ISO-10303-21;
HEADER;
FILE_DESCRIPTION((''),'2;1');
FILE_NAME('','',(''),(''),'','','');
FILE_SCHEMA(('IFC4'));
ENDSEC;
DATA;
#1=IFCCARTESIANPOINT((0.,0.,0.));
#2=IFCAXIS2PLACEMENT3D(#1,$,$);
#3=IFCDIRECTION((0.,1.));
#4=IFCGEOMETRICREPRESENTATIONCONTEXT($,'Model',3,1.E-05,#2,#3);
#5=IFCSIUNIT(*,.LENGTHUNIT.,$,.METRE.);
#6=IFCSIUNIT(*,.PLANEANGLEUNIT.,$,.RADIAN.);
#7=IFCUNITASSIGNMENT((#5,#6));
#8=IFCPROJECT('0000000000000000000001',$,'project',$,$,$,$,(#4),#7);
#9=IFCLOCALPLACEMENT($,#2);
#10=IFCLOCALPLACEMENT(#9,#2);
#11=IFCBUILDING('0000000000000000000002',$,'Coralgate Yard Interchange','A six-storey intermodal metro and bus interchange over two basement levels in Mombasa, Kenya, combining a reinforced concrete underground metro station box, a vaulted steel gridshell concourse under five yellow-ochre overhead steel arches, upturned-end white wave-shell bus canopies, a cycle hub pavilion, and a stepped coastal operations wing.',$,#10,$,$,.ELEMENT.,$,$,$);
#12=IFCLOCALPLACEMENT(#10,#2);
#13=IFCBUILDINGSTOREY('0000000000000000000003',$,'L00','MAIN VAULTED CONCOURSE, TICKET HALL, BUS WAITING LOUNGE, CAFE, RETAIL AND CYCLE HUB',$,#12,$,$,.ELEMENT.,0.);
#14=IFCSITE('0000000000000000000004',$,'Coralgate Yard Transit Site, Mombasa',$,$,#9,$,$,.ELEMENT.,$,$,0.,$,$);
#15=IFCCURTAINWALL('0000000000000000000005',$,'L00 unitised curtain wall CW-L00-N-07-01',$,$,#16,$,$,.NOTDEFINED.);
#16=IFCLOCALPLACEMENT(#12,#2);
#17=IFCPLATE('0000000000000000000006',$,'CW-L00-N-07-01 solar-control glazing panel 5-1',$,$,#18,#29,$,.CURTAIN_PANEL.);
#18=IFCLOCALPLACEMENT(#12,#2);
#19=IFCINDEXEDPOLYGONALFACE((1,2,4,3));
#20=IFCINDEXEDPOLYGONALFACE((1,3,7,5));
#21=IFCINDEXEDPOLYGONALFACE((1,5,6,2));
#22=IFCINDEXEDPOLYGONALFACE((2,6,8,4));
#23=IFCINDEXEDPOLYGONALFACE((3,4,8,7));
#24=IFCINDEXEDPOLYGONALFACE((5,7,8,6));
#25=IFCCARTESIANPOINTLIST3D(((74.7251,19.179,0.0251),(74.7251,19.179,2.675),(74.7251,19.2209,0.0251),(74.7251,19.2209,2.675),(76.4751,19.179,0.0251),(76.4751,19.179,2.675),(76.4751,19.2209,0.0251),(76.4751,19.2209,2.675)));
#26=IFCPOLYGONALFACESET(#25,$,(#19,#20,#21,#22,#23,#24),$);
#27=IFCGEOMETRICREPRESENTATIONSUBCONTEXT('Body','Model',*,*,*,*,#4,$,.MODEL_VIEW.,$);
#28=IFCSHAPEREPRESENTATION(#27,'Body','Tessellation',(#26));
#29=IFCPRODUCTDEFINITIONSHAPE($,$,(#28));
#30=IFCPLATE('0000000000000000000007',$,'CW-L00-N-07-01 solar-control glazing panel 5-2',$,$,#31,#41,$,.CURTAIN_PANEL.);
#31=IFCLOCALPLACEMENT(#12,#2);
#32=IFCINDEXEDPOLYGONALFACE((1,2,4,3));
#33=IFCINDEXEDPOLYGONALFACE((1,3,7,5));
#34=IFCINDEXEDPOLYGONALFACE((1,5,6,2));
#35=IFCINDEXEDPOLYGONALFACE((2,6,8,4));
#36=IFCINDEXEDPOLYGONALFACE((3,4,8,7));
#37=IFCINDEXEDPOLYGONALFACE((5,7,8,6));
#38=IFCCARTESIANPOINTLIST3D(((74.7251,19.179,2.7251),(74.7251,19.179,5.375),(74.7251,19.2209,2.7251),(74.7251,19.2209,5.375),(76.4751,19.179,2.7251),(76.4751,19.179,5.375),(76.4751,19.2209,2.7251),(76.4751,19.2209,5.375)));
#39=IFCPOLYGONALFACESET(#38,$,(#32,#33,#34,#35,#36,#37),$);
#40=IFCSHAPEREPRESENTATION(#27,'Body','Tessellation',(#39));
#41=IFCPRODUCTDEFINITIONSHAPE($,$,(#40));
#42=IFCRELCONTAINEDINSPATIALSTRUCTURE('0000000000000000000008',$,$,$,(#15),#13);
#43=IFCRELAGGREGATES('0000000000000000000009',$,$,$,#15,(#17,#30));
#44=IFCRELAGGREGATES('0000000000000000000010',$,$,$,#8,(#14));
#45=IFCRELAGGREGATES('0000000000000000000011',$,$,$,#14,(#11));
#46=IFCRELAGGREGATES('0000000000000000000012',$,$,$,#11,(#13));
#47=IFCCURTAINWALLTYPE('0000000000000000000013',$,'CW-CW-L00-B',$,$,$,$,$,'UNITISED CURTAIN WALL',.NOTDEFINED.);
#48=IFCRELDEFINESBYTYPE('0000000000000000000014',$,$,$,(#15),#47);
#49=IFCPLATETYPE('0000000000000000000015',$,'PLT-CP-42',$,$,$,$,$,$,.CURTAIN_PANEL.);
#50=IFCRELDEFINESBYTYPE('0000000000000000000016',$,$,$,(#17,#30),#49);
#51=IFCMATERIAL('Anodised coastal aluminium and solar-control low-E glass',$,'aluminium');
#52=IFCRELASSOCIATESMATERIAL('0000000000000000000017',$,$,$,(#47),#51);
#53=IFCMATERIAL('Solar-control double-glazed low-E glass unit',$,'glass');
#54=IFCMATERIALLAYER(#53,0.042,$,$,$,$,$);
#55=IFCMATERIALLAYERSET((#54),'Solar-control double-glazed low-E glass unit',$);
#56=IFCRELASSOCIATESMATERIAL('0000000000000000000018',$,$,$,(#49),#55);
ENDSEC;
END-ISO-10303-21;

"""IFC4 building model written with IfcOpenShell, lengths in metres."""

from ifc_helpers import new_model, si_unit, direction, frame, origin, origin_2d, place, context, subcontext, project, spatial, rectangle, extrude, material, layer, layer_set, type_object, element, aggregate, save


model = new_model("IFC4")

# Units and contexts
model_context = context("Model", 3, precision=1e-05, world=origin(), true_north=direction((0.0, 1.0)))
body_context = subcontext(model_context, "Body", "Model", "MODEL_VIEW")
ifc_project = project(units=[si_unit("LENGTHUNIT", "METRE"), si_unit("PLANEANGLEUNIT", "RADIAN")], contexts=[model_context])

# Site, building, storey
site_placement = place(None, origin())
site = spatial("IfcSite", under=ifc_project, at=site_placement, Name="Coralgate Yard Transit Site, Mombasa", CompositionType="ELEMENT", RefElevation=0.0)
building_placement = place(site_placement, origin())
building = spatial("IfcBuilding", under=site, at=building_placement, Name="Coralgate Yard Interchange", Description="A six-storey intermodal metro and bus interchange over two basement levels in Mombasa, Kenya, combining a reinforced concrete underground metro station box, a vaulted steel gridshell concourse under five yellow-ochre overhead steel arches, upturned-end white wave-shell bus canopies, a cycle hub pavilion, and a stepped coastal operations wing.", CompositionType="ELEMENT")
storey_placement = place(building_placement, origin())
storey = spatial("IfcBuildingStorey", under=building, at=storey_placement, Name="L00", Description="MAIN VAULTED CONCOURSE, TICKET HALL, BUS WAITING LOUNGE, CAFE, RETAIL AND CYCLE HUB", CompositionType="ELEMENT", Elevation=0.0)

# Curtain wall
ifc_material_1 = material(Name="Anodised coastal aluminium and solar-control low-E glass", Category="aluminium")
curtain_wall_type = type_object("IfcCurtainWallType", Name="CW-CW-L00-B", ElementType="UNITISED CURTAIN WALL", PredefinedType="NOTDEFINED", material=ifc_material_1)
curtain_wall_1_placement = place(storey_placement, origin())
curtain_wall_1 = element("IfcCurtainWall", 1, at=curtain_wall_1_placement, inside=storey, type_object=curtain_wall_type, Name="L00 unitised curtain wall CW-L00-N-07-01", PredefinedType="NOTDEFINED")

# Plates
ifc_material_2 = material(Name="Solar-control double-glazed low-E glass unit", Category="glass")
ifc_layer = layer(ifc_material_2, 0.042)
ifc_layer_set = layer_set([ifc_layer], Name="Solar-control double-glazed low-E glass unit")
plate_type = type_object("IfcPlateType", Name="PLT-CP-42", PredefinedType="CURTAIN_PANEL", material=ifc_layer_set)
plate_1_placement = place(storey_placement, frame((75.6001, 19.2, 0.0251), z_axis=(0.0, 0.0, 1.0), x_axis=(1.0, 0.0, 0.0)))
plate_1 = element("IfcPlate", 2, at=plate_1_placement, type_object=plate_type, Name="CW-L00-N-07-01 solar-control glazing panel 5-1", PredefinedType="CURTAIN_PANEL", context=body_context, shape_type="SweptSolid", body=[
    extrude(rectangle(XDim=1.75, YDim=0.042, at=origin_2d()), origin(), (0.0, 0.0, 1.0), 2.6499),
])
plate_2_placement = place(storey_placement, frame((75.6001, 19.2, 2.7251), z_axis=(0.0, 0.0, 1.0), x_axis=(1.0, 0.0, 0.0)))
plate_2 = element("IfcPlate", 3, at=plate_2_placement, type_object=plate_type, Name="CW-L00-N-07-01 solar-control glazing panel 5-2", PredefinedType="CURTAIN_PANEL", context=body_context, shape_type="SweptSolid", body=[
    extrude(rectangle(XDim=1.75, YDim=0.042, at=origin_2d()), origin(), (0.0, 0.0, 1.0), 2.6499),
])
aggregate(curtain_wall_1, [plate_1, plate_2])

save(model, "model.ifc")
